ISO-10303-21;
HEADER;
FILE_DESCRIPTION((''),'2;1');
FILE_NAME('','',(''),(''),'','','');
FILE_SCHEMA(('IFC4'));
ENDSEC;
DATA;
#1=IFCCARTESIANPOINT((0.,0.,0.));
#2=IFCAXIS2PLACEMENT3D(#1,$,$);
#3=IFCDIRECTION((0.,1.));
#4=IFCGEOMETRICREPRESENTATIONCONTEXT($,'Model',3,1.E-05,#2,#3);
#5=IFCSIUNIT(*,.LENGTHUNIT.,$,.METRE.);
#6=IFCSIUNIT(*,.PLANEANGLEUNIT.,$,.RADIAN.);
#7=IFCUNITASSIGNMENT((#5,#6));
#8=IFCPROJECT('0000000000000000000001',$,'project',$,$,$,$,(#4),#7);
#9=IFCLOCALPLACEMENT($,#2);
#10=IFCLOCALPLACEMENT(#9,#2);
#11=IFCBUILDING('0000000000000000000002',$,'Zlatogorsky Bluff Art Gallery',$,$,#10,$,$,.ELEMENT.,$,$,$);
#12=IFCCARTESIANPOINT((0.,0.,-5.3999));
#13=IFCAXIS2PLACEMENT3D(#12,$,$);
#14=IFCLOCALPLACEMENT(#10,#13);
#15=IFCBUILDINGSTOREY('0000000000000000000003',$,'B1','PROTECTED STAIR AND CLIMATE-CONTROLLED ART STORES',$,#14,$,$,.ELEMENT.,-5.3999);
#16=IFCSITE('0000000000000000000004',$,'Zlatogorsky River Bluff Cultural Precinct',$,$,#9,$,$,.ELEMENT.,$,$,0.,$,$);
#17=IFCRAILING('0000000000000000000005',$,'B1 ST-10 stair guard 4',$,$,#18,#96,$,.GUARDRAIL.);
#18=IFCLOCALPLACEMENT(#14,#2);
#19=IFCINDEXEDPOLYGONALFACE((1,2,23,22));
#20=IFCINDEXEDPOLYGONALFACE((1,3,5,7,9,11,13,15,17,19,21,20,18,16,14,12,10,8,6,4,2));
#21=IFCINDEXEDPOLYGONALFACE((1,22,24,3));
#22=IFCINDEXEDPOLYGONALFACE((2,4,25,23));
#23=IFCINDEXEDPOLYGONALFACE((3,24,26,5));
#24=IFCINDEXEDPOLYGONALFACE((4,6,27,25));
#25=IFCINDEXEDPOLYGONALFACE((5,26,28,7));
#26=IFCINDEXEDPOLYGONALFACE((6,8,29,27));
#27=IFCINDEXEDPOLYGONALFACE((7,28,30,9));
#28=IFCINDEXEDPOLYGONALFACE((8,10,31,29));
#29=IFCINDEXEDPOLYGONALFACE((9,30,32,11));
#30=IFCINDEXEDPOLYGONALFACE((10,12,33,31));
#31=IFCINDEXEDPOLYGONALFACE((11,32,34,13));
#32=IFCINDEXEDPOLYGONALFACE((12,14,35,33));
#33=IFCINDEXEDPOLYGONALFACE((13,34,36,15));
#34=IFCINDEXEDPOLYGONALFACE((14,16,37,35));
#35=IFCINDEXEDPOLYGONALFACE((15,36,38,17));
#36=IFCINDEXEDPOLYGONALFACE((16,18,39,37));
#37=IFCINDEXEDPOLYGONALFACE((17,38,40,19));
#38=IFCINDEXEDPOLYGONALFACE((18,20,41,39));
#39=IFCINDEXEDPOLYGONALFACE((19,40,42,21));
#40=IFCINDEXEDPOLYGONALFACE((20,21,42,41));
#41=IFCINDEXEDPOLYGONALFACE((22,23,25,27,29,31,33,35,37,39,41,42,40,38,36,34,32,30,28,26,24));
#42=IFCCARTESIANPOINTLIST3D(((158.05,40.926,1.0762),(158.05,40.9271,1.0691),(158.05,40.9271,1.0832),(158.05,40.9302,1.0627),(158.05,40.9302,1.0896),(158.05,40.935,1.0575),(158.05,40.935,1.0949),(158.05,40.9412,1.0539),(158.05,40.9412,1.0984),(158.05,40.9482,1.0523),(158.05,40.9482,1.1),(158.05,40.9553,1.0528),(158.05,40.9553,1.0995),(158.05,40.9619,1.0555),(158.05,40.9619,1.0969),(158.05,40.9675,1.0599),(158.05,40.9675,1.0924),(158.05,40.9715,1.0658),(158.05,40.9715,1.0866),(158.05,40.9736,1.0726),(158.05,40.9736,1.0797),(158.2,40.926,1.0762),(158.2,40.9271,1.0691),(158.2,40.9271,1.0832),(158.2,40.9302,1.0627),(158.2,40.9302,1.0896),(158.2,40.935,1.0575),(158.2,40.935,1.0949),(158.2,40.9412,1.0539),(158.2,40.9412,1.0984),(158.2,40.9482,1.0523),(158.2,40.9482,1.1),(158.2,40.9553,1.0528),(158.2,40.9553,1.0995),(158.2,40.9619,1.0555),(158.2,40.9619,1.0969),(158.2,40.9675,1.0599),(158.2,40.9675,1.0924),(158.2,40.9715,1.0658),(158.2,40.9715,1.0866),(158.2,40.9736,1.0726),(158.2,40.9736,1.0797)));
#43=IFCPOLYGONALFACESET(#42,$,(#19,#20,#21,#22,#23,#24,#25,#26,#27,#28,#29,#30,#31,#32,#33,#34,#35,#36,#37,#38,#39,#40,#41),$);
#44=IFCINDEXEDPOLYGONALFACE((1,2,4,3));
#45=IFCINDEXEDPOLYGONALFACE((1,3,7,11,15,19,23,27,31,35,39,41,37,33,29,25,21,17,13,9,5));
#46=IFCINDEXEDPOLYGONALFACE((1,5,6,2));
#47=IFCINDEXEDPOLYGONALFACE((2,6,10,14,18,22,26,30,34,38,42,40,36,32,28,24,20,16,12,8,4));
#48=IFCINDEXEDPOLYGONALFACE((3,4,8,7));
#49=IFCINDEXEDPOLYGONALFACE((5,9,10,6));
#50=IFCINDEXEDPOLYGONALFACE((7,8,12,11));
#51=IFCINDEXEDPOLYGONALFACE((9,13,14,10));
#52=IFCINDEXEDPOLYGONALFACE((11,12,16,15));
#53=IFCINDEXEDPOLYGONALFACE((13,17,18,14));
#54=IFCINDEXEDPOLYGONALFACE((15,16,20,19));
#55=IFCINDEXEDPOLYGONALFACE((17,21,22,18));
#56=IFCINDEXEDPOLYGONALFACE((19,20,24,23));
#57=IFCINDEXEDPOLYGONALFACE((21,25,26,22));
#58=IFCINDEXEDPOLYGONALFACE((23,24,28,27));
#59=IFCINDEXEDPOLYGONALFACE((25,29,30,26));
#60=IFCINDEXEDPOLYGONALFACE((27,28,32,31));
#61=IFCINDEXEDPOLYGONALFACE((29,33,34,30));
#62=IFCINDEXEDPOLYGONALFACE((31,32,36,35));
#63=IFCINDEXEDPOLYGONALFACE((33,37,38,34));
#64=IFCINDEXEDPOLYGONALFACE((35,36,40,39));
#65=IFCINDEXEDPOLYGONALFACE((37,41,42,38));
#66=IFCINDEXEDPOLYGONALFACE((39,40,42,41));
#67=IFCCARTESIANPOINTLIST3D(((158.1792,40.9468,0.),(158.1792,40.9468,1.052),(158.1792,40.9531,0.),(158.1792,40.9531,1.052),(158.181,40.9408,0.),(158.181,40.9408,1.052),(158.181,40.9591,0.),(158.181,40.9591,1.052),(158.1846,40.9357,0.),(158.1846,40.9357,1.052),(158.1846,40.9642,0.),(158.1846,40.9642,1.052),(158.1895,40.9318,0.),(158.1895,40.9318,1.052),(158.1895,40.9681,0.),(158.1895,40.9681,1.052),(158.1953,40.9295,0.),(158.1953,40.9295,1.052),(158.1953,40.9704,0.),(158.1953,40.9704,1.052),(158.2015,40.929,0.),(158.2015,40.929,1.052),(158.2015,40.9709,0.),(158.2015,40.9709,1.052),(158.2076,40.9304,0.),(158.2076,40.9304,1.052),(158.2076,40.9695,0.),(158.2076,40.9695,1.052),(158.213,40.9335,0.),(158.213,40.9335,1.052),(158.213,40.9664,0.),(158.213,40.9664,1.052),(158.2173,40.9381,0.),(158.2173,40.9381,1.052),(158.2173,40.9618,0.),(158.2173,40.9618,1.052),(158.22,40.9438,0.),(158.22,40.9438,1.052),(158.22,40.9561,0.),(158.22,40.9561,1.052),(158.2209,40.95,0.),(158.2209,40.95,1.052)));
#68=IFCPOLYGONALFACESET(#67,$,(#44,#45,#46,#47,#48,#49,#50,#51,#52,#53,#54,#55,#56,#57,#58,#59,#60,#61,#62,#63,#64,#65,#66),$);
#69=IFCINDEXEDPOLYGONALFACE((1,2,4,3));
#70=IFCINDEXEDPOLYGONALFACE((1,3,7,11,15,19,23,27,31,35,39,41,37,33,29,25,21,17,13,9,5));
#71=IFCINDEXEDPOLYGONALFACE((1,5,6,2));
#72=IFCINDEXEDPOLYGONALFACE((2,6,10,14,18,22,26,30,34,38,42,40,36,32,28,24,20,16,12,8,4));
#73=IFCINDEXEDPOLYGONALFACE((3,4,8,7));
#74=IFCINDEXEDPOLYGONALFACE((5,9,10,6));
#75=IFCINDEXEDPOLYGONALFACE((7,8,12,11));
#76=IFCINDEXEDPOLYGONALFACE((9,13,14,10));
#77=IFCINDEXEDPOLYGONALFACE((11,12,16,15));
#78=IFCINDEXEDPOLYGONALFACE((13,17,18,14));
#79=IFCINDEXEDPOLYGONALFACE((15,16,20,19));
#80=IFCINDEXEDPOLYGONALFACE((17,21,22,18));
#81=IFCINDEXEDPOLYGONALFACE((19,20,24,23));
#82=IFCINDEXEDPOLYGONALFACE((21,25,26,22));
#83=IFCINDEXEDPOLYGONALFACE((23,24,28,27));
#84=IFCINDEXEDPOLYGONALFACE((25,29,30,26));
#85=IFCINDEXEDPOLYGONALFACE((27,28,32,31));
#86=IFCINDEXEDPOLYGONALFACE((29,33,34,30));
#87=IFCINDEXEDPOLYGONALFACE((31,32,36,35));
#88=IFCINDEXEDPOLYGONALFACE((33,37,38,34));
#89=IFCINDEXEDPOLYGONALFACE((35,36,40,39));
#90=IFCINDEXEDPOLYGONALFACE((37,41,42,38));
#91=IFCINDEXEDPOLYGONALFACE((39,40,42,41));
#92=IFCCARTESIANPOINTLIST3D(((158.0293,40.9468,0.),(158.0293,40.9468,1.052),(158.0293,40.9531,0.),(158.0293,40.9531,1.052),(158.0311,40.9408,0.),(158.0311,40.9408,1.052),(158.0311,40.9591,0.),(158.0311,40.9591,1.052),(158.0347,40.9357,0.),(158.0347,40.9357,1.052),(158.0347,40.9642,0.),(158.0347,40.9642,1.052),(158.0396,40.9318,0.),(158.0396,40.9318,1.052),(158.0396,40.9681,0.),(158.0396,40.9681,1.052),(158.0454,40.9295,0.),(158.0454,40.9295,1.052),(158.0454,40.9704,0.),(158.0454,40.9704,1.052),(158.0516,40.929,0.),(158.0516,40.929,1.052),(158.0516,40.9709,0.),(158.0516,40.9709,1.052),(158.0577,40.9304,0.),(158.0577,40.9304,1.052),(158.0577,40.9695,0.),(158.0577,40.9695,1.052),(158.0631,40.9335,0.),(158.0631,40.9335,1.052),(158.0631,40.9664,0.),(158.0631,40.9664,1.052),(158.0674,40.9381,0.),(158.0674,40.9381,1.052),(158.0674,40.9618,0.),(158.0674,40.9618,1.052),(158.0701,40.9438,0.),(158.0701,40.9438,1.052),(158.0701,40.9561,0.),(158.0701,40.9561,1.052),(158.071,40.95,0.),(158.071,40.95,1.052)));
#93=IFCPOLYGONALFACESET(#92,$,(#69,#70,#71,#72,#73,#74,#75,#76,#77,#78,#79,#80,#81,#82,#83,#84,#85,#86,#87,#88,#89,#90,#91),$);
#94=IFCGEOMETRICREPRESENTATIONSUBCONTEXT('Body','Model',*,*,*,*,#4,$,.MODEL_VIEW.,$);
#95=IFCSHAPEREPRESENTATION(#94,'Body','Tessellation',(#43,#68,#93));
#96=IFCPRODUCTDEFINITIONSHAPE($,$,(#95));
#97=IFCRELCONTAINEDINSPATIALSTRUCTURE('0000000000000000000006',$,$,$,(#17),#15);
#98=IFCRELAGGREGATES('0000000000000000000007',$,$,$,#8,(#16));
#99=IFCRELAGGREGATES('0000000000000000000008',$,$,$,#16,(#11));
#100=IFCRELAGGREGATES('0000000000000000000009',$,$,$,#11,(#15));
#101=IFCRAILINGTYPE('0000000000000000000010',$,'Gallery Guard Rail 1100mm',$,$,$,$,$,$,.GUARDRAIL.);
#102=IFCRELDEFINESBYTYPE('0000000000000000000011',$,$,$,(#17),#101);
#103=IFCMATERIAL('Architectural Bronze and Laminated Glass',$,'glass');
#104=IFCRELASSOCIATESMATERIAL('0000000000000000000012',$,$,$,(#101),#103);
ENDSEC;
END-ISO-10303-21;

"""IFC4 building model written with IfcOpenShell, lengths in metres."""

from ifc_helpers import new_model, si_unit, direction, frame, origin, origin_2d, place, context, subcontext, project, spatial, circle, extrude, material, type_object, element, save


model = new_model("IFC4")

# Units and contexts
model_context = context("Model", 3, precision=1e-05, world=origin(), true_north=direction((0.0, 1.0)))
body_context = subcontext(model_context, "Body", "Model", "MODEL_VIEW")
ifc_project = project(units=[si_unit("LENGTHUNIT", "METRE"), si_unit("PLANEANGLEUNIT", "RADIAN")], contexts=[model_context])

# Site, building, storey
site_placement = place(None, origin())
site = spatial("IfcSite", under=ifc_project, at=site_placement, Name="Zlatogorsky River Bluff Cultural Precinct", CompositionType="ELEMENT", RefElevation=0.0)
building_placement = place(site_placement, origin())
building = spatial("IfcBuilding", under=site, at=building_placement, Name="Zlatogorsky Bluff Art Gallery", CompositionType="ELEMENT")
storey_placement = place(building_placement, frame((0.0, 0.0, -5.3999)))
storey = spatial("IfcBuildingStorey", under=building, at=storey_placement, Name="B1", Description="PROTECTED STAIR AND CLIMATE-CONTROLLED ART STORES", CompositionType="ELEMENT", Elevation=-5.3999)

# Railing
ifc_material_1 = material(Name="Architectural Bronze and Laminated Glass", Category="glass")
railing_type_1 = type_object("IfcRailingType", Name="Gallery Guard Rail 1100mm", PredefinedType="GUARDRAIL", material=ifc_material_1)
railing_1_placement = place(storey_placement, frame((158.2, 40.95, 0.0)))
element("IfcRailing", 1, at=railing_1_placement, inside=storey, type_object=railing_type_1, Name="B1 ST-10 stair guard 4", PredefinedType="GUARDRAIL", context=body_context, shape_type="SweptSolid", body=[
    extrude(circle(Radius=0.0239, at=origin_2d()), frame((0.0, 0.0, 1.0762), z_axis=(-1.0, 0.0, 0.0), x_axis=(0.0, -1.0, 0.0)), (0.0, 0.0, 1.0), 0.1499),
    extrude(circle(Radius=0.021, at=origin_2d()), origin(), (0.0, 0.0, 1.0), 1.052),
    extrude(circle(Radius=0.021, at=origin_2d()), frame((-0.1499, 0.0, 0.0)), (0.0, 0.0, 1.0), 1.052),
])

save(model, "model.ifc")
